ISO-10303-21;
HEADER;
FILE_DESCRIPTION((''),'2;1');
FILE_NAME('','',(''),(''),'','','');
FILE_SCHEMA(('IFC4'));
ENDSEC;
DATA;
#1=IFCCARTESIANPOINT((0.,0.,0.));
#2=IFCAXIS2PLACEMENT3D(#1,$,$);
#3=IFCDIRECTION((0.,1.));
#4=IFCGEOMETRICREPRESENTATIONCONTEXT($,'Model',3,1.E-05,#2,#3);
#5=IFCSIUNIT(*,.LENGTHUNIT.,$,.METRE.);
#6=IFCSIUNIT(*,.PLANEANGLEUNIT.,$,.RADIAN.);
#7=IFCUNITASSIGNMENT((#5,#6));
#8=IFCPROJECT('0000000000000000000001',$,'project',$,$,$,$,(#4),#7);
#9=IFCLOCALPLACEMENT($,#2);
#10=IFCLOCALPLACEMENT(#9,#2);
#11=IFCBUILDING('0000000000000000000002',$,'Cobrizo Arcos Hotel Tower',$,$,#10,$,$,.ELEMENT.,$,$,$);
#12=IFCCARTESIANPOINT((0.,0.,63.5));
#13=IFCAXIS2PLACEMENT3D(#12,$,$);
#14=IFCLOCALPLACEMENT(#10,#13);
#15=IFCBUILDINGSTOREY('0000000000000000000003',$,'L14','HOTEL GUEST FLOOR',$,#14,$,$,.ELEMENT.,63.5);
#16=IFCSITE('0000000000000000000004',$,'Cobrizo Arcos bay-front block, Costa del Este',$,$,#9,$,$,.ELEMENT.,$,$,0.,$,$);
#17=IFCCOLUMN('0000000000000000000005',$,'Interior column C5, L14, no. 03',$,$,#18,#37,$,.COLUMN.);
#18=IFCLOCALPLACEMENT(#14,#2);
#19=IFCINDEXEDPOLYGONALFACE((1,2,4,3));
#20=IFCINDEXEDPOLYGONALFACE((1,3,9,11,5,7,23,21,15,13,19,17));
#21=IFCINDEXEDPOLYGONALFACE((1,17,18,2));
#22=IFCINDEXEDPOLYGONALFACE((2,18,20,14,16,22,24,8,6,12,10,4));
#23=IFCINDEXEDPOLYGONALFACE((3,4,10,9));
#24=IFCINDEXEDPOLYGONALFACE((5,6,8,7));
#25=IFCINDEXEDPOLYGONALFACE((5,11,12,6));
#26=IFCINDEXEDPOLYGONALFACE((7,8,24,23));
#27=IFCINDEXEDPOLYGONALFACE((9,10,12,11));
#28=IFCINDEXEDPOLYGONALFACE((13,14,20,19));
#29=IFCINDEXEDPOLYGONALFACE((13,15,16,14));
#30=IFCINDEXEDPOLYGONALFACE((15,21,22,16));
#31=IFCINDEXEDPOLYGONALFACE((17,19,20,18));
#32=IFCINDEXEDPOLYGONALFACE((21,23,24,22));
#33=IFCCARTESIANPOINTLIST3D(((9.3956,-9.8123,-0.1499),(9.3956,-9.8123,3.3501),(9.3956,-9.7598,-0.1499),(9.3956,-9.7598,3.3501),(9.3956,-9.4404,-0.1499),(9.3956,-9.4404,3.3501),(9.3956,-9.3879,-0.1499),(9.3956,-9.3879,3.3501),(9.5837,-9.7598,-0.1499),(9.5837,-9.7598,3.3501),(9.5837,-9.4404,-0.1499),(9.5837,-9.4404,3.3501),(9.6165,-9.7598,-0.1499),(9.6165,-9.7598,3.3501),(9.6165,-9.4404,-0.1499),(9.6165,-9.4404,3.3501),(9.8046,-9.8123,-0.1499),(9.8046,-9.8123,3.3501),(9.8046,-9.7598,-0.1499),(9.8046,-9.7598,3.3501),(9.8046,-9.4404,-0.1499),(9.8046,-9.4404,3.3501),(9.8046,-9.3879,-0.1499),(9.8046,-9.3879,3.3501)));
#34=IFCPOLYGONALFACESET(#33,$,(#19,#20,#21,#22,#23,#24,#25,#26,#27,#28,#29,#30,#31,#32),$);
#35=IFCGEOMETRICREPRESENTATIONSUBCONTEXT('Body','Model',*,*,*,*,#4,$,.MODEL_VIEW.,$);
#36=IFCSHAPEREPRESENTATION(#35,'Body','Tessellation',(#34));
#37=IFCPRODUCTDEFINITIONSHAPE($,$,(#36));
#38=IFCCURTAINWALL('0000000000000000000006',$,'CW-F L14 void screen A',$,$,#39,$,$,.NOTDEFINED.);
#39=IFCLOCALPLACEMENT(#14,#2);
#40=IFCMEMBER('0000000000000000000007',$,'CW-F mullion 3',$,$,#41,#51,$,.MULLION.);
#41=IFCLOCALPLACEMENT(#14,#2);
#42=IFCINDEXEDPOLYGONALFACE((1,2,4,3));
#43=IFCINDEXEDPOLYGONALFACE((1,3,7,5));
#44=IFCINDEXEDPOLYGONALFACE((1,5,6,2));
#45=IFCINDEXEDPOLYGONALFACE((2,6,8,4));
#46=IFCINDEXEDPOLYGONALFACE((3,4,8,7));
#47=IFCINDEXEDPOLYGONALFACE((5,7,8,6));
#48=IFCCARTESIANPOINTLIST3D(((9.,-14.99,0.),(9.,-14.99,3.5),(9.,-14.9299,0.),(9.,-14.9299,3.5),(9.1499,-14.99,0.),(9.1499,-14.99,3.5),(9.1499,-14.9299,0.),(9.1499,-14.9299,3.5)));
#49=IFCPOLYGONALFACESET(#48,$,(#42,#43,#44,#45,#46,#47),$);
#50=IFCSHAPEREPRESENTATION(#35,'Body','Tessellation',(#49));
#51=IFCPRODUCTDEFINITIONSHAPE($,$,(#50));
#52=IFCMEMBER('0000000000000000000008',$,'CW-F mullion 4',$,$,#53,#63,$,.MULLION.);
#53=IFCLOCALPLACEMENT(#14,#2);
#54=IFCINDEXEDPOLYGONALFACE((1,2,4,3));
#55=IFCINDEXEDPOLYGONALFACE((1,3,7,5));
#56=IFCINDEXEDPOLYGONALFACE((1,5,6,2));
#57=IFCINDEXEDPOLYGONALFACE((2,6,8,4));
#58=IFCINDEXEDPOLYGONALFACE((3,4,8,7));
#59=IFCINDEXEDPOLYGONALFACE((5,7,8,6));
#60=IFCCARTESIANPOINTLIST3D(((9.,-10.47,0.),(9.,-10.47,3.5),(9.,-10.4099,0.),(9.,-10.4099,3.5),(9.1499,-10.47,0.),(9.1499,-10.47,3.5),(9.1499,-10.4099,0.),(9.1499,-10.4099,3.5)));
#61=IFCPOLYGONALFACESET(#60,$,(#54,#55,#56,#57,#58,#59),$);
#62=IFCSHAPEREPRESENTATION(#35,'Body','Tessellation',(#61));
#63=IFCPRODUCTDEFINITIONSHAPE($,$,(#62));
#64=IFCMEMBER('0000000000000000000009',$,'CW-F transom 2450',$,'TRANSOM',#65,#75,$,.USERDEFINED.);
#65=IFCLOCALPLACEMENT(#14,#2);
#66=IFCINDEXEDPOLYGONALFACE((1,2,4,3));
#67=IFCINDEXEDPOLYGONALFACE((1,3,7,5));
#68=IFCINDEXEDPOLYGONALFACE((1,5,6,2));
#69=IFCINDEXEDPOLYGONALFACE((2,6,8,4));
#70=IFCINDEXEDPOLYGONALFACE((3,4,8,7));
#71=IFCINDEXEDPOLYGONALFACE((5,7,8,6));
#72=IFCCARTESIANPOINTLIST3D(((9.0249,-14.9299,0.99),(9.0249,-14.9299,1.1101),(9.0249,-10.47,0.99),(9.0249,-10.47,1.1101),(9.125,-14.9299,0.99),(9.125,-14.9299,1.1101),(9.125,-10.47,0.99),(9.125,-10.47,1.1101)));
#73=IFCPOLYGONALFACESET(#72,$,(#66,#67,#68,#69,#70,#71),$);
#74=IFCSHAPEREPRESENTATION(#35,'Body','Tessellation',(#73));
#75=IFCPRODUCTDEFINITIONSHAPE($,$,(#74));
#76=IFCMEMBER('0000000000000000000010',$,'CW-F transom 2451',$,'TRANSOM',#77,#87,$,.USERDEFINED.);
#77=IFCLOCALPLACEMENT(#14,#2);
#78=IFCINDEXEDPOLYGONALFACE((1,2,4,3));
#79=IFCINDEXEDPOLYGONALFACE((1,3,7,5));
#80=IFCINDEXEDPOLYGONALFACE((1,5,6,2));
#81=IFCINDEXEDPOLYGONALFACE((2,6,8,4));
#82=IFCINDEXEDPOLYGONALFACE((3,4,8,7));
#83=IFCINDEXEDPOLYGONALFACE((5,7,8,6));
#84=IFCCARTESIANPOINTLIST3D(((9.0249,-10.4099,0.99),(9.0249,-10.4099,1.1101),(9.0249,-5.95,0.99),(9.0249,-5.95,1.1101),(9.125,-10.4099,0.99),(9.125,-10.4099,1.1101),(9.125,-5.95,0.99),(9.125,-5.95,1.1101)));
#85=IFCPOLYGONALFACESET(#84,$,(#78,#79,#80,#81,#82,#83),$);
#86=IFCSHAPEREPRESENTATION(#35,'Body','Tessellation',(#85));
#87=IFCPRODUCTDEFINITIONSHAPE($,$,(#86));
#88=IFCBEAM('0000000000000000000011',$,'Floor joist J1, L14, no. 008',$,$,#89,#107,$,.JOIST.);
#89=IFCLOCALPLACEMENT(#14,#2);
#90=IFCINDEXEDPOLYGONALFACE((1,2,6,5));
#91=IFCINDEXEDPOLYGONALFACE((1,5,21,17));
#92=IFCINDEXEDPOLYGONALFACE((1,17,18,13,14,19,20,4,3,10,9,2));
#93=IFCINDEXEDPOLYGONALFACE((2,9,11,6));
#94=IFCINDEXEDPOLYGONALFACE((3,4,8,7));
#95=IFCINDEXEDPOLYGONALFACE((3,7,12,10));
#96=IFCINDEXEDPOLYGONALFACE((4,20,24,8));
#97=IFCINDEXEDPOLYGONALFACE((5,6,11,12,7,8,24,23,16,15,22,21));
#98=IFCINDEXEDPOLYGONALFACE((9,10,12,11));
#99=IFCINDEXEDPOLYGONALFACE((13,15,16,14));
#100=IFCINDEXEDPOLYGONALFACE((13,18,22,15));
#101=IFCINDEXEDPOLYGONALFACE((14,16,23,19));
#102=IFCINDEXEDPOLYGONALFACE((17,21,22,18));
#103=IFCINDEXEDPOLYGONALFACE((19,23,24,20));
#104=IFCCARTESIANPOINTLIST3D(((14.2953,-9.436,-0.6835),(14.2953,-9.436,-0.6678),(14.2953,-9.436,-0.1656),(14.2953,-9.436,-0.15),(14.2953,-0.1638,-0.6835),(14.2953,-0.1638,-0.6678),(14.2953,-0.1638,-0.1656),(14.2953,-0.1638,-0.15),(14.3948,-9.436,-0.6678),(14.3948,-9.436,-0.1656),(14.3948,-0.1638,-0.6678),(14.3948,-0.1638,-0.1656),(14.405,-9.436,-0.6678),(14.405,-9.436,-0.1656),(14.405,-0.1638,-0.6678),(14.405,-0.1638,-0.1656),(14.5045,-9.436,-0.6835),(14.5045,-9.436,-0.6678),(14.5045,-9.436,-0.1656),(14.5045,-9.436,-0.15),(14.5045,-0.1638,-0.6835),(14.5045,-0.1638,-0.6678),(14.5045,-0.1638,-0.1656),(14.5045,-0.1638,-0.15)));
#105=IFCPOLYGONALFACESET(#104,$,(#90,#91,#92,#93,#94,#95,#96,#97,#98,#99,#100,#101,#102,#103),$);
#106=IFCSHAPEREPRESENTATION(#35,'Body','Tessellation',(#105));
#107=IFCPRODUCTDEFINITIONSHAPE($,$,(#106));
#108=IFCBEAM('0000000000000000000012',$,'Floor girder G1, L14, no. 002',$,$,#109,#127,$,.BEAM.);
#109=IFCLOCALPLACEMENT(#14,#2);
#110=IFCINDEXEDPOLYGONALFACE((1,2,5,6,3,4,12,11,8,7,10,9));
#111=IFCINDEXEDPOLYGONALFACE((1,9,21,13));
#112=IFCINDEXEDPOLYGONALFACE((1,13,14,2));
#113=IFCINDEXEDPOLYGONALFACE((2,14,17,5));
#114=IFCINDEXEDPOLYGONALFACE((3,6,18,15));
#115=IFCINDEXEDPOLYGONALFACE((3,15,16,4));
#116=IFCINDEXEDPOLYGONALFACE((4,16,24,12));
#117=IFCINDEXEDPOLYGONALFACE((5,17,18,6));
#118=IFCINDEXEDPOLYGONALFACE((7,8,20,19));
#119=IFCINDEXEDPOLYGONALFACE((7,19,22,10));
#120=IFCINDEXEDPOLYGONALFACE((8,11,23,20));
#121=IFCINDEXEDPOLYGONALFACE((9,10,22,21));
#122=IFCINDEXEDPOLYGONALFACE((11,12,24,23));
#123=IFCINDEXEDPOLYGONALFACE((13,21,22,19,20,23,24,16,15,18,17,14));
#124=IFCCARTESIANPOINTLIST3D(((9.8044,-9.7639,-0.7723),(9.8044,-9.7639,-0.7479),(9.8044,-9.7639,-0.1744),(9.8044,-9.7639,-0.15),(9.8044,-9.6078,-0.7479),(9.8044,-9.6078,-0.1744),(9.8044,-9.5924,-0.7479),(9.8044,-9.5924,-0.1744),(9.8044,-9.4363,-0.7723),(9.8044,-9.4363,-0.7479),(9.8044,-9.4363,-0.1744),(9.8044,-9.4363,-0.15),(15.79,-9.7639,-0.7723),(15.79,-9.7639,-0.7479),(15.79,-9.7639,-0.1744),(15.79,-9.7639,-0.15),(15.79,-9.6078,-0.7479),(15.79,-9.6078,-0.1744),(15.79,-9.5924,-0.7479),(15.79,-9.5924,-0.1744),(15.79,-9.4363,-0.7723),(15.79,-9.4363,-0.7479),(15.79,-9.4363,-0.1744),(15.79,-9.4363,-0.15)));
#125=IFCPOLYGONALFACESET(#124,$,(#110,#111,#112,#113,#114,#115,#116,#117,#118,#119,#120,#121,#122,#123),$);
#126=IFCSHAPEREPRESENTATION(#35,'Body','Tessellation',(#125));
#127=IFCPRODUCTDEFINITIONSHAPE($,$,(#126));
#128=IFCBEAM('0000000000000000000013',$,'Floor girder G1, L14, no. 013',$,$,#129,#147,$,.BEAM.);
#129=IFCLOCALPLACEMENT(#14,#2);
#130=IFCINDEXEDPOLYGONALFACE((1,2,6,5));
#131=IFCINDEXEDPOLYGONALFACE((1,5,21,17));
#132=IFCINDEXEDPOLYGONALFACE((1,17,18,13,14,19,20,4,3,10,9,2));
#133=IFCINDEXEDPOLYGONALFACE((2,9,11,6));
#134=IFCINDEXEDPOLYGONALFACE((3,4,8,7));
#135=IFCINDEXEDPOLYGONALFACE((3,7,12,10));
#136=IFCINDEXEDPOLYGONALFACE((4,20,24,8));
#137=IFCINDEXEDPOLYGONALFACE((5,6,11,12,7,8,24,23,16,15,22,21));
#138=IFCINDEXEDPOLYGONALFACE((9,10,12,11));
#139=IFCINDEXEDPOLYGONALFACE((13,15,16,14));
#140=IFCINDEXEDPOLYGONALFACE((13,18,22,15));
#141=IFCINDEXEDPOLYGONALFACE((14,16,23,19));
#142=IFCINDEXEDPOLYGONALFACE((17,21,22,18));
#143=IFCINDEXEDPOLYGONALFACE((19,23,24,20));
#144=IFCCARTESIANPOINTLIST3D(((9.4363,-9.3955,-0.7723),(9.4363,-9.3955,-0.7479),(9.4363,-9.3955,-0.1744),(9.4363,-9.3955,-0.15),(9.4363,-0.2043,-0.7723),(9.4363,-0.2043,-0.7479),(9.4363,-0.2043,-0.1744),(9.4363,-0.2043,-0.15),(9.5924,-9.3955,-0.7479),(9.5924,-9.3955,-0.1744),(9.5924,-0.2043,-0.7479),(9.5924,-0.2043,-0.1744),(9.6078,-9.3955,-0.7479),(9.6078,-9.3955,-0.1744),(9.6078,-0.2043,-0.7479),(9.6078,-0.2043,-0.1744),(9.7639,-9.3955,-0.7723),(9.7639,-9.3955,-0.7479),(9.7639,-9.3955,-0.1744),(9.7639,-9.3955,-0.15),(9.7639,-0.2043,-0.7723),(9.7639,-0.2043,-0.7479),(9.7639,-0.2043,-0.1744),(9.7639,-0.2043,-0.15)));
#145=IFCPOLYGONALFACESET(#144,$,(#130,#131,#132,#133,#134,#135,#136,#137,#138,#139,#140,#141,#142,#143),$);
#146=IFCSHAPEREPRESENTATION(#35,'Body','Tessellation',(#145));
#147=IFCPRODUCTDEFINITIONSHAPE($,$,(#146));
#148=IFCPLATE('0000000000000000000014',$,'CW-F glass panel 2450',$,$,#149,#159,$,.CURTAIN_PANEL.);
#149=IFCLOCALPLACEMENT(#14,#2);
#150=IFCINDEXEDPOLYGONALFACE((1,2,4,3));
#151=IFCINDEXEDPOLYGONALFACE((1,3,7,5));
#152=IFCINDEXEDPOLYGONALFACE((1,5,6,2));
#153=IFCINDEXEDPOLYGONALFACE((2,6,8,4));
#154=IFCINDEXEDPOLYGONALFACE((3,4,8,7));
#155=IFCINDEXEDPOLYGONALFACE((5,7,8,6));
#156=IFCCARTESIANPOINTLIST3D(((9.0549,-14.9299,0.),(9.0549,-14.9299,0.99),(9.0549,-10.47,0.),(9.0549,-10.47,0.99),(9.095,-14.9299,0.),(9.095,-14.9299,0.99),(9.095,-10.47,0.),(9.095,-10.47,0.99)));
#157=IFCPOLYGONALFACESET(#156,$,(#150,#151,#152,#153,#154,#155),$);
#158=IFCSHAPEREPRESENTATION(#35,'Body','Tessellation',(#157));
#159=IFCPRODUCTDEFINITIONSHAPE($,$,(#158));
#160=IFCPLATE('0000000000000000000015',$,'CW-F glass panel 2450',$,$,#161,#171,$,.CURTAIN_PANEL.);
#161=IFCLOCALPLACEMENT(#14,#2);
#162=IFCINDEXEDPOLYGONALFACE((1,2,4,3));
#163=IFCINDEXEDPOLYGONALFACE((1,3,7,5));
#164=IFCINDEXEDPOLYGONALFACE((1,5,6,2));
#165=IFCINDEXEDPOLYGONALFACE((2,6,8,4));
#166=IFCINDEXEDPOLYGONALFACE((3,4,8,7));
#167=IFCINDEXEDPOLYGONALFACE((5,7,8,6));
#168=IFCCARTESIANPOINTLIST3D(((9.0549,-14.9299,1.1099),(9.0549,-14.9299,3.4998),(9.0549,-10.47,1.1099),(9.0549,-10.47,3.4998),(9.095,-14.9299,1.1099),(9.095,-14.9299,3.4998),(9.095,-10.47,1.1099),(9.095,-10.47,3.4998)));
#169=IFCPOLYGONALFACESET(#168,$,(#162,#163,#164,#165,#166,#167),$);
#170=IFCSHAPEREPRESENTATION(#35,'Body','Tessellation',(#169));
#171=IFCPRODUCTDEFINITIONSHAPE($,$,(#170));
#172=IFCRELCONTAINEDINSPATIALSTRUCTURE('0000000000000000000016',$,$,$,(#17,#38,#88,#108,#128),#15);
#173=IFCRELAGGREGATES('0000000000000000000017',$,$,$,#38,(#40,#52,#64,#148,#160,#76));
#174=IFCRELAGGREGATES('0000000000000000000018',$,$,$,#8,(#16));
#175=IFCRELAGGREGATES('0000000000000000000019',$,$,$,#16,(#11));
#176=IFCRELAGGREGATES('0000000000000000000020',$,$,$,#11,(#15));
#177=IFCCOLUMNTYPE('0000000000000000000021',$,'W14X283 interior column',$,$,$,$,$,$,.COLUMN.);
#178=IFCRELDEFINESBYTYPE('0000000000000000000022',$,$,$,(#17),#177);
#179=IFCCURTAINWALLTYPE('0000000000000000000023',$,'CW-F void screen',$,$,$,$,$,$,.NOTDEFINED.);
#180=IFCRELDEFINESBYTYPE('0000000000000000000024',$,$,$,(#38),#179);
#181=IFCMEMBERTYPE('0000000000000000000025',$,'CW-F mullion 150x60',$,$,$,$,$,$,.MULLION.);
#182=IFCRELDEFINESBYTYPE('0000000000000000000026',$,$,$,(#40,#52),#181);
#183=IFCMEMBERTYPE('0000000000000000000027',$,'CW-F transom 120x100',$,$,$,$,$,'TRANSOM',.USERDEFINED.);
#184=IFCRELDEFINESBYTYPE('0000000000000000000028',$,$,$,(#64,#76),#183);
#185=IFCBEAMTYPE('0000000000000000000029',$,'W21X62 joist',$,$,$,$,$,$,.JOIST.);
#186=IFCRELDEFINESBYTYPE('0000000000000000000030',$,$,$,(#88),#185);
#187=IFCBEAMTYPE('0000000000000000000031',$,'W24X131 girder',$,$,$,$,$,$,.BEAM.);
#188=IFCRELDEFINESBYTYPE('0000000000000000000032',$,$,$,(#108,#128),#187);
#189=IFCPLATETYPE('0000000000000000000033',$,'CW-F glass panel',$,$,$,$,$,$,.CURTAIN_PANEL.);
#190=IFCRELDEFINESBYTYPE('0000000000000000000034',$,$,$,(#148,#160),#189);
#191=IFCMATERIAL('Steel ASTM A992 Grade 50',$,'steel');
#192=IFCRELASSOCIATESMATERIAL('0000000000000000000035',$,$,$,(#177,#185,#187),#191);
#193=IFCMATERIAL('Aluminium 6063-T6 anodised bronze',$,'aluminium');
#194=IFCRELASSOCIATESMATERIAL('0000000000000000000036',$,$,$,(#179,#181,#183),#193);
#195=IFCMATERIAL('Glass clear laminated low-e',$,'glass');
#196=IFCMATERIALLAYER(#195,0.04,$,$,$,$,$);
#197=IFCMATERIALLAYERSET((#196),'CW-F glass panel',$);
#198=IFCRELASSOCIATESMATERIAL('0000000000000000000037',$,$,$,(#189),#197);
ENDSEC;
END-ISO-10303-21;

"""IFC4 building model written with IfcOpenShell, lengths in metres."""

from ifc_helpers import new_model, si_unit, direction, frame, origin, origin_2d, place, context, subcontext, project, spatial, rectangle, i_section, extrude, material, layer, layer_set, material_profile, profile_set, type_object, element, aggregate, save


model = new_model("IFC4")

# Units and contexts
model_context = context("Model", 3, precision=1e-05, world=origin(), true_north=direction((0.0, 1.0)))
body_context = subcontext(model_context, "Body", "Model", "MODEL_VIEW")
ifc_project = project(units=[si_unit("LENGTHUNIT", "METRE"), si_unit("PLANEANGLEUNIT", "RADIAN")], contexts=[model_context])

# Site, building, storey
site_placement = place(None, origin())
site = spatial("IfcSite", under=ifc_project, at=site_placement, Name="Cobrizo Arcos bay-front block, Costa del Este", CompositionType="ELEMENT", RefElevation=0.0)
building_placement = place(site_placement, origin())
building = spatial("IfcBuilding", under=site, at=building_placement, Name="Cobrizo Arcos Hotel Tower", CompositionType="ELEMENT")
storey_placement = place(building_placement, frame((0.0, 0.0, 63.5)))
storey = spatial("IfcBuildingStorey", under=building, at=storey_placement, Name="L14", Description="HOTEL GUEST FLOOR", CompositionType="ELEMENT", Elevation=63.5)

# Column
ifc_material_1 = material(Name="Steel ASTM A992 Grade 50", Category="steel")
ifc_material_profile_1 = material_profile(ifc_material_1, i_section(OverallWidth=0.4089, OverallDepth=0.4243, WebThickness=0.0327, FlangeThickness=0.0525, at=origin_2d()), Name="W14X283")
ifc_profile_set_1 = profile_set([ifc_material_profile_1], Name="Steel ASTM A992 Grade 50")
column_type = type_object("IfcColumnType", Name="W14X283 interior column", PredefinedType="COLUMN", material=ifc_profile_set_1)
column_placement = place(storey_placement, frame((9.6001, -9.6001, -0.1499), z_axis=(0.0, 0.0, 1.0), x_axis=(1.0, 0.0, 0.0)))
element("IfcColumn", 1, at=column_placement, inside=storey, type_object=column_type, Name="Interior column C5, L14, no. 03", PredefinedType="COLUMN", context=body_context, shape_type="SweptSolid", body=[
    extrude(i_section(OverallWidth=0.4089, OverallDepth=0.4243, WebThickness=0.0327, FlangeThickness=0.0525, at=origin_2d()), origin(), (0.0, 0.0, 1.0), 3.5),
])

# Curtain wall, members
ifc_material_2 = material(Name="Aluminium 6063-T6 anodised bronze", Category="aluminium")
curtain_wall_type = type_object("IfcCurtainWallType", Name="CW-F void screen", PredefinedType="NOTDEFINED", material=ifc_material_2)
curtain_wall_placement = place(storey_placement, origin())
curtain_wall = element("IfcCurtainWall", 2, at=curtain_wall_placement, inside=storey, type_object=curtain_wall_type, Name="CW-F L14 void screen A", PredefinedType="NOTDEFINED")
ifc_material_profile_2 = material_profile(ifc_material_2, rectangle(XDim=0.1499, YDim=0.0601, at=origin_2d()), Name="CW-F mullion 150x60")
ifc_profile_set_2 = profile_set([ifc_material_profile_2], Name="Aluminium 6063-T6 anodised bronze")
member_type_1 = type_object("IfcMemberType", Name="CW-F mullion 150x60", PredefinedType="MULLION", material=ifc_profile_set_2)
member_1_placement = place(storey_placement, frame((9.075, -14.96, 0.0), z_axis=(0.0, 0.0, 1.0), x_axis=(1.0, 0.0, 0.0)))
member_1 = element("IfcMember", 3, at=member_1_placement, type_object=member_type_1, Name="CW-F mullion 3", PredefinedType="MULLION", context=body_context, shape_type="SweptSolid", body=[
    extrude(rectangle(XDim=0.1499, YDim=0.0601, at=origin_2d()), origin(), (0.0, 0.0, 1.0), 3.5),
])
member_2_placement = place(storey_placement, frame((9.075, -10.4399, 0.0), z_axis=(0.0, 0.0, 1.0), x_axis=(1.0, 0.0, 0.0)))
member_2 = element("IfcMember", 4, at=member_2_placement, type_object=member_type_1, Name="CW-F mullion 4", PredefinedType="MULLION", context=body_context, shape_type="SweptSolid", body=[
    extrude(rectangle(XDim=0.1499, YDim=0.0601, at=origin_2d()), origin(), (0.0, 0.0, 1.0), 3.5),
])
ifc_material_profile_3 = material_profile(ifc_material_2, rectangle(XDim=0.1001, YDim=0.1201, at=origin_2d()), Name="CW-F transom 120x100")
ifc_profile_set_3 = profile_set([ifc_material_profile_3], Name="Aluminium 6063-T6 anodised bronze")
member_type_2 = type_object("IfcMemberType", Name="CW-F transom 120x100", ElementType="TRANSOM", PredefinedType="USERDEFINED", material=ifc_profile_set_3)
member_3_placement = place(storey_placement, frame((9.075, -14.9299, 1.05), z_axis=(0.0, 1.0, 0.0), x_axis=(-1.0, 0.0, 0.0)))
member_3 = element("IfcMember", 5, at=member_3_placement, type_object=member_type_2, Name="CW-F transom 2450", ObjectType="TRANSOM", PredefinedType="USERDEFINED", context=body_context, shape_type="SweptSolid", body=[
    extrude(rectangle(XDim=0.1001, YDim=0.1201, at=origin_2d()), origin(), (0.0, 0.0, 1.0), 4.46),
])
member_4_placement = place(storey_placement, frame((9.075, -10.4099, 1.05), z_axis=(0.0, 1.0, 0.0), x_axis=(-1.0, 0.0, 0.0)))
member_4 = element("IfcMember", 6, at=member_4_placement, type_object=member_type_2, Name="CW-F transom 2451", ObjectType="TRANSOM", PredefinedType="USERDEFINED", context=body_context, shape_type="SweptSolid", body=[
    extrude(rectangle(XDim=0.1001, YDim=0.1201, at=origin_2d()), origin(), (0.0, 0.0, 1.0), 4.46),
])

# Beams
ifc_material_profile_4 = material_profile(ifc_material_1, i_section(OverallWidth=0.2092, OverallDepth=0.5334, WebThickness=0.0103, FlangeThickness=0.0156, at=origin_2d()), Name="W21X62")
ifc_profile_set_4 = profile_set([ifc_material_profile_4], Name="Steel ASTM A992 Grade 50")
beam_type_1 = type_object("IfcBeamType", Name="W21X62 joist", PredefinedType="JOIST", material=ifc_profile_set_4)
beam_1_placement = place(storey_placement, frame((14.3999, -9.436, -0.4167), z_axis=(0.0, 1.0, 0.0), x_axis=(-1.0, 0.0, 0.0)))
element("IfcBeam", 7, at=beam_1_placement, inside=storey, type_object=beam_type_1, Name="Floor joist J1, L14, no. 008", PredefinedType="JOIST", context=body_context, shape_type="SweptSolid", body=[
    extrude(i_section(OverallWidth=0.2092, OverallDepth=0.5334, WebThickness=0.0103, FlangeThickness=0.0156, at=origin_2d()), origin(), (0.0, 0.0, 1.0), 9.2722),
])
ifc_material_profile_5 = material_profile(ifc_material_1, i_section(OverallWidth=0.3276, OverallDepth=0.6223, WebThickness=0.0154, FlangeThickness=0.0244, at=origin_2d()), Name="W24X131")
ifc_profile_set_5 = profile_set([ifc_material_profile_5], Name="Steel ASTM A992 Grade 50")
beam_type_2 = type_object("IfcBeamType", Name="W24X131 girder", PredefinedType="BEAM", material=ifc_profile_set_5)
beam_2_placement = place(storey_placement, frame((9.8044, -9.6001, -0.4612), z_axis=(1.0, 0.0, 0.0), x_axis=(0.0, 1.0, 0.0)))
element("IfcBeam", 8, at=beam_2_placement, inside=storey, type_object=beam_type_2, Name="Floor girder G1, L14, no. 002", PredefinedType="BEAM", context=body_context, shape_type="SweptSolid", body=[
    extrude(i_section(OverallWidth=0.3276, OverallDepth=0.6223, WebThickness=0.0154, FlangeThickness=0.0244, at=origin_2d()), origin(), (0.0, 0.0, 1.0), 5.9856),
])
beam_3_placement = place(storey_placement, frame((9.6001, -9.3955, -0.4612), z_axis=(0.0, 1.0, 0.0), x_axis=(-1.0, 0.0, 0.0)))
element("IfcBeam", 9, at=beam_3_placement, inside=storey, type_object=beam_type_2, Name="Floor girder G1, L14, no. 013", PredefinedType="BEAM", context=body_context, shape_type="SweptSolid", body=[
    extrude(i_section(OverallWidth=0.3276, OverallDepth=0.6223, WebThickness=0.0154, FlangeThickness=0.0244, at=origin_2d()), origin(), (0.0, 0.0, 1.0), 9.1912),
])

# Plates
ifc_material_3 = material(Name="Glass clear laminated low-e", Category="glass")
ifc_layer_1 = layer(ifc_material_3, 0.04)
ifc_layer_set_1 = layer_set([ifc_layer_1], Name="CW-F glass panel")
plate_type = type_object("IfcPlateType", Name="CW-F glass panel", PredefinedType="CURTAIN_PANEL", material=ifc_layer_set_1)
plate_1_placement = place(storey_placement, frame((9.075, -12.7, 0.0), z_axis=(0.0, 0.0, 1.0), x_axis=(0.0, 1.0, 0.0)))
plate_1 = element("IfcPlate", 10, at=plate_1_placement, type_object=plate_type, Name="CW-F glass panel 2450", PredefinedType="CURTAIN_PANEL", context=body_context, shape_type="SweptSolid", body=[
    extrude(rectangle(XDim=4.46, YDim=0.04, at=origin_2d()), origin(), (0.0, 0.0, 1.0), 0.99),
])
plate_2_placement = place(storey_placement, frame((9.075, -12.7, 1.1099), z_axis=(0.0, 0.0, 1.0), x_axis=(0.0, 1.0, 0.0)))
plate_2 = element("IfcPlate", 11, at=plate_2_placement, type_object=plate_type, Name="CW-F glass panel 2450", PredefinedType="CURTAIN_PANEL", context=body_context, shape_type="SweptSolid", body=[
    extrude(rectangle(XDim=4.46, YDim=0.04, at=origin_2d()), origin(), (0.0, 0.0, 1.0), 2.3899),
])
aggregate(curtain_wall, [member_1, member_2, member_3, plate_1, plate_2, member_4])

save(model, "model.ifc")
